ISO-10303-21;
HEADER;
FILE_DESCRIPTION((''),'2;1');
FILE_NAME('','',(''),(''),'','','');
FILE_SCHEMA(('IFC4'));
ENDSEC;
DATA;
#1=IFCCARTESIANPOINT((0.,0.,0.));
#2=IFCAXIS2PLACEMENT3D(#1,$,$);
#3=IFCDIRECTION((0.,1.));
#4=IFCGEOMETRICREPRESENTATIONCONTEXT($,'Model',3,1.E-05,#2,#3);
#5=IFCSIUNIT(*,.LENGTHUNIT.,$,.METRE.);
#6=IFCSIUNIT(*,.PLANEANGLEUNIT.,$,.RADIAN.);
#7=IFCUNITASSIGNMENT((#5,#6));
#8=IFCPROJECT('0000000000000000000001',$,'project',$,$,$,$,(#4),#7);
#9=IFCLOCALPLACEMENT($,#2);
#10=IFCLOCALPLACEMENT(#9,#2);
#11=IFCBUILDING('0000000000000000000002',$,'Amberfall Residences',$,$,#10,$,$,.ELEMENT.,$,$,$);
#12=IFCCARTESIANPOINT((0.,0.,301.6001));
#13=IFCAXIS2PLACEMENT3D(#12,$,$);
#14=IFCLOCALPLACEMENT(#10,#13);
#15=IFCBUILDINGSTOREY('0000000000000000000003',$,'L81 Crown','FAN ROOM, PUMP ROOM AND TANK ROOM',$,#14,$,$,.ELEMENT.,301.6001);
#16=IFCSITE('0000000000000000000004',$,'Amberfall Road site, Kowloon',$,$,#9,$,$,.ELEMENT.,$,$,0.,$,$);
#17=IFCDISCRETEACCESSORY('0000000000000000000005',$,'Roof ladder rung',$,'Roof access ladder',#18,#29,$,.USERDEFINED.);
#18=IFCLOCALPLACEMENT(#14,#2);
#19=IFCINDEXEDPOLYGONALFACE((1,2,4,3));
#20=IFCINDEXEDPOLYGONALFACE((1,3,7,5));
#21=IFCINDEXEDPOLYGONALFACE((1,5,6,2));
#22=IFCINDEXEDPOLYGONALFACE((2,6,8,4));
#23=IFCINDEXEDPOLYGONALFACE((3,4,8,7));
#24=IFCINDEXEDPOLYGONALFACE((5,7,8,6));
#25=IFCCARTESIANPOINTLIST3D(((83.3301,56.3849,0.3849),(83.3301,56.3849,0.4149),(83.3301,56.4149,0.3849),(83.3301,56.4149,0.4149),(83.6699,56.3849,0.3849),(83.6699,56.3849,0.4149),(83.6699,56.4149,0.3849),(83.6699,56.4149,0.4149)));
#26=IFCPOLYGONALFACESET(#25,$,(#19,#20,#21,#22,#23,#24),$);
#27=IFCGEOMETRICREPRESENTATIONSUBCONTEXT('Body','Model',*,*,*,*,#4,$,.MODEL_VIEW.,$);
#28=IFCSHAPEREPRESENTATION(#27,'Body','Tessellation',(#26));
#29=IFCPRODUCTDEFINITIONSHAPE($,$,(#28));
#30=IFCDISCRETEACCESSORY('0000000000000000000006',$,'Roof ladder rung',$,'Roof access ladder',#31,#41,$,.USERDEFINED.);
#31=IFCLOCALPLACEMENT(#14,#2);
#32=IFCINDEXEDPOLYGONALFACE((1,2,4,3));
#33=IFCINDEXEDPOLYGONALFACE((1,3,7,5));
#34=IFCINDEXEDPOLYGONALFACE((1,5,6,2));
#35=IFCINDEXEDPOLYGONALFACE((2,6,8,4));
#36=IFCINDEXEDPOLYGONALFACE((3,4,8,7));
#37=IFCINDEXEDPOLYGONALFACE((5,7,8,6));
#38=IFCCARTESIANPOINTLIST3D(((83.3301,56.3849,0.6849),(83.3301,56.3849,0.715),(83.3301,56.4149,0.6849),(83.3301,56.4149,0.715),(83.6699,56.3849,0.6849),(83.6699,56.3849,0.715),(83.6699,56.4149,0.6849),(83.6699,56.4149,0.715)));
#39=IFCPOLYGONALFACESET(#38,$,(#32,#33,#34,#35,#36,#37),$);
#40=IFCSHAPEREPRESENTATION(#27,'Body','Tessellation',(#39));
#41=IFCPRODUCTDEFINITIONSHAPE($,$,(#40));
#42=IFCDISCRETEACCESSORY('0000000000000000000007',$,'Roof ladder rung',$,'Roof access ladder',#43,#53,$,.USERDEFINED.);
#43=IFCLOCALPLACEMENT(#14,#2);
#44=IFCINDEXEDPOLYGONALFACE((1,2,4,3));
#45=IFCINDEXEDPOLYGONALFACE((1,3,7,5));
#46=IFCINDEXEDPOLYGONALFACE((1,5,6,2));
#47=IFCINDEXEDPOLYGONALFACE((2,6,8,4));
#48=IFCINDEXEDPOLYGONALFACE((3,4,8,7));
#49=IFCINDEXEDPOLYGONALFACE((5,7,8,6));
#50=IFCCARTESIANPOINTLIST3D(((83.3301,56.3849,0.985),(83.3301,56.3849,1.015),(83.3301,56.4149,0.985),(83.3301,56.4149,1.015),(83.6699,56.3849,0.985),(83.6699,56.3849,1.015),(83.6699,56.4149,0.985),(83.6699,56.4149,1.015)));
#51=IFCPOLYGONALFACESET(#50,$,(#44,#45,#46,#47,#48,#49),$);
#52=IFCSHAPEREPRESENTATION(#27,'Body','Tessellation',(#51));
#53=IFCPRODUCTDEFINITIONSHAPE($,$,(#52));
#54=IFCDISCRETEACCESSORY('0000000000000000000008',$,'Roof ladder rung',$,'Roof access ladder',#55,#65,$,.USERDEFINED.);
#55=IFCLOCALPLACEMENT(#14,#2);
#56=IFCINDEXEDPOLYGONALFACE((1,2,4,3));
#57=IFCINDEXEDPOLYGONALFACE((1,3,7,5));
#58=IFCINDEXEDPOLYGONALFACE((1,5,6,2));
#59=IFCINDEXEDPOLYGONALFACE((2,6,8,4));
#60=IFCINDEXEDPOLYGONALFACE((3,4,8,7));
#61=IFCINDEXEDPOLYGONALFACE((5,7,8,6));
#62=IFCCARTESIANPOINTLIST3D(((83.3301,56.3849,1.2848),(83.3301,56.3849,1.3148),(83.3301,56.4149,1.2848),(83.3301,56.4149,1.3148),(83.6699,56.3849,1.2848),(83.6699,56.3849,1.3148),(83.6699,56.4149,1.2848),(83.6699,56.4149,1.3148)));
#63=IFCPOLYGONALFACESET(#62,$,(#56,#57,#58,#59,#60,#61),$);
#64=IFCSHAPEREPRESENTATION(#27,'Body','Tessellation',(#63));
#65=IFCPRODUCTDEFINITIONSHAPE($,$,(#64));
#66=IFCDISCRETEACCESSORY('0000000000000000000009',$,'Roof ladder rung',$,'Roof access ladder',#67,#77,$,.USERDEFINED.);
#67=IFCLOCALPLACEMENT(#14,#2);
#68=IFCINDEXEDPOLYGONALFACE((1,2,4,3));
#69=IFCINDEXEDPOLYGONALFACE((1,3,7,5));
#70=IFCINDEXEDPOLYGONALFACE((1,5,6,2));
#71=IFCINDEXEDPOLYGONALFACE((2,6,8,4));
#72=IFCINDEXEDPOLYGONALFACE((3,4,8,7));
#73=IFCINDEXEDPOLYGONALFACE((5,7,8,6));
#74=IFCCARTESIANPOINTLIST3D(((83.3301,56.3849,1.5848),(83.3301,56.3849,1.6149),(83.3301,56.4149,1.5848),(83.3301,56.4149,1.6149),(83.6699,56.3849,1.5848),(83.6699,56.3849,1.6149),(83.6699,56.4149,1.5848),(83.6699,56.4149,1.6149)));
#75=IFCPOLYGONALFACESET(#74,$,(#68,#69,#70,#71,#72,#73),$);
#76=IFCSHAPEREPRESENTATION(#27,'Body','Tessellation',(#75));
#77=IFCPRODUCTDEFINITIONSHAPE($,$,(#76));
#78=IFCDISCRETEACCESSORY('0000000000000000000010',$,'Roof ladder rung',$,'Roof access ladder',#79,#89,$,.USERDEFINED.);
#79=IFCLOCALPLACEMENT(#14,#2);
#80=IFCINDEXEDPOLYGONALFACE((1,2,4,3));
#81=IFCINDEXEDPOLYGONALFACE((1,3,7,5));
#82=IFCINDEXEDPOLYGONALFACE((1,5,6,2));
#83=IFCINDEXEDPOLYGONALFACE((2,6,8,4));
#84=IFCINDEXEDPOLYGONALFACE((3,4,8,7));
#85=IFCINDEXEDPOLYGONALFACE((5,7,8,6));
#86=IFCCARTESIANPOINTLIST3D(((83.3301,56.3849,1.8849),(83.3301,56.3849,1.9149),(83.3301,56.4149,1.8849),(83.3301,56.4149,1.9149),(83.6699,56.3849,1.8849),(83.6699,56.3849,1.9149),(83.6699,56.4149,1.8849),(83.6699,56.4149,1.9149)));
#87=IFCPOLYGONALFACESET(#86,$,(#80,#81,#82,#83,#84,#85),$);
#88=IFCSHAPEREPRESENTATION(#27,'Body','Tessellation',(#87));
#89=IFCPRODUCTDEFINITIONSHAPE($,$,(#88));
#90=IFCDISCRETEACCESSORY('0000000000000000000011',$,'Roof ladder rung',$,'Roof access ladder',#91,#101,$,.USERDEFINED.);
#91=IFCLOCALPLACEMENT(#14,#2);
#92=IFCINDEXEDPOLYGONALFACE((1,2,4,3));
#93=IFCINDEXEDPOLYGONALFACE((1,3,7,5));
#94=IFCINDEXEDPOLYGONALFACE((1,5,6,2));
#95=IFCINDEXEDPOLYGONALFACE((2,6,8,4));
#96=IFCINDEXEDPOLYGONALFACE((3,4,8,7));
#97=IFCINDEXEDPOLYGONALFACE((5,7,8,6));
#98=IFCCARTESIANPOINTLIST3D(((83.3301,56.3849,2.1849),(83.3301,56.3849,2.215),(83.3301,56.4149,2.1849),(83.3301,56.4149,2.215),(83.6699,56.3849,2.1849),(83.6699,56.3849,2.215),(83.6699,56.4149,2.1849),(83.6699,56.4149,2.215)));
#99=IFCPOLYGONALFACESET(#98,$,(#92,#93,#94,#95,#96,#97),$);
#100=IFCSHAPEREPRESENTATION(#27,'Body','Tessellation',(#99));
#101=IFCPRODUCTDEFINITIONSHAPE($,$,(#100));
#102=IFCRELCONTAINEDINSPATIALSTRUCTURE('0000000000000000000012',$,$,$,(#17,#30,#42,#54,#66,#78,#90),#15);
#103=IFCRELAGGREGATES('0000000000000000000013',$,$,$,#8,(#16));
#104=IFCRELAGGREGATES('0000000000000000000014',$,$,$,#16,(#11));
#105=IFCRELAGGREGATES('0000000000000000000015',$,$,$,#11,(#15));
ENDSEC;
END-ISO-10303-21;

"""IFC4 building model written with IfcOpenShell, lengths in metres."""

from ifc_helpers import new_model, si_unit, direction, frame, origin, origin_2d, place, context, subcontext, project, spatial, rectangle, extrude, element, save


model = new_model("IFC4")

# Units and contexts
model_context = context("Model", 3, precision=1e-05, world=origin(), true_north=direction((0.0, 1.0)))
body_context = subcontext(model_context, "Body", "Model", "MODEL_VIEW")
ifc_project = project(units=[si_unit("LENGTHUNIT", "METRE"), si_unit("PLANEANGLEUNIT", "RADIAN")], contexts=[model_context])

# Site, building, storey
site_placement = place(None, origin())
site = spatial("IfcSite", under=ifc_project, at=site_placement, Name="Amberfall Road site, Kowloon", CompositionType="ELEMENT", RefElevation=0.0)
building_placement = place(site_placement, origin())
building = spatial("IfcBuilding", under=site, at=building_placement, Name="Amberfall Residences", CompositionType="ELEMENT")
storey_placement = place(building_placement, frame((0.0, 0.0, 301.6001)))
storey = spatial("IfcBuildingStorey", under=building, at=storey_placement, Name="L81 Crown", Description="FAN ROOM, PUMP ROOM AND TANK ROOM", CompositionType="ELEMENT", Elevation=301.6001)

# Discrete accessories
for number, where, z_axis, x_axis, name in (
    (1, (83.3301, 56.3999, 0.3999), (1.0, 0.0, 0.0), (0.0, 1.0, 0.0), "Roof ladder rung"),
    (2, (83.3301, 56.3999, 0.7), (1.0, 0.0, 0.0), (0.0, 1.0, 0.0), "Roof ladder rung"),
    (3, (83.3301, 56.3999, 1.0), (1.0, 0.0, 0.0), (0.0, 1.0, 0.0), "Roof ladder rung"),
    (4, (83.3301, 56.3999, 1.2998), (1.0, 0.0, 0.0), (0.0, 1.0, 0.0), "Roof ladder rung"),
    (5, (83.3301, 56.3999, 1.5999), (1.0, 0.0, 0.0), (0.0, 1.0, 0.0), "Roof ladder rung"),
    (6, (83.3301, 56.3999, 1.8999), (1.0, 0.0, 0.0), (0.0, 1.0, 0.0), "Roof ladder rung"),
    (7, (83.3301, 56.3999, 2.2), (1.0, 0.0, 0.0), (0.0, 1.0, 0.0), "Roof ladder rung"),
):
    element("IfcDiscreteAccessory", number, at=place(storey_placement, frame(where, z_axis=z_axis, x_axis=x_axis)), inside=storey, Name=name, ObjectType="Roof access ladder", PredefinedType="USERDEFINED", context=body_context, shape_type="SweptSolid", body=[
        extrude(rectangle(XDim=0.03, YDim=0.03, at=origin_2d()), origin(), (0.0, 0.0, 1.0), 0.3398),
    ])

save(model, "model.ifc")
